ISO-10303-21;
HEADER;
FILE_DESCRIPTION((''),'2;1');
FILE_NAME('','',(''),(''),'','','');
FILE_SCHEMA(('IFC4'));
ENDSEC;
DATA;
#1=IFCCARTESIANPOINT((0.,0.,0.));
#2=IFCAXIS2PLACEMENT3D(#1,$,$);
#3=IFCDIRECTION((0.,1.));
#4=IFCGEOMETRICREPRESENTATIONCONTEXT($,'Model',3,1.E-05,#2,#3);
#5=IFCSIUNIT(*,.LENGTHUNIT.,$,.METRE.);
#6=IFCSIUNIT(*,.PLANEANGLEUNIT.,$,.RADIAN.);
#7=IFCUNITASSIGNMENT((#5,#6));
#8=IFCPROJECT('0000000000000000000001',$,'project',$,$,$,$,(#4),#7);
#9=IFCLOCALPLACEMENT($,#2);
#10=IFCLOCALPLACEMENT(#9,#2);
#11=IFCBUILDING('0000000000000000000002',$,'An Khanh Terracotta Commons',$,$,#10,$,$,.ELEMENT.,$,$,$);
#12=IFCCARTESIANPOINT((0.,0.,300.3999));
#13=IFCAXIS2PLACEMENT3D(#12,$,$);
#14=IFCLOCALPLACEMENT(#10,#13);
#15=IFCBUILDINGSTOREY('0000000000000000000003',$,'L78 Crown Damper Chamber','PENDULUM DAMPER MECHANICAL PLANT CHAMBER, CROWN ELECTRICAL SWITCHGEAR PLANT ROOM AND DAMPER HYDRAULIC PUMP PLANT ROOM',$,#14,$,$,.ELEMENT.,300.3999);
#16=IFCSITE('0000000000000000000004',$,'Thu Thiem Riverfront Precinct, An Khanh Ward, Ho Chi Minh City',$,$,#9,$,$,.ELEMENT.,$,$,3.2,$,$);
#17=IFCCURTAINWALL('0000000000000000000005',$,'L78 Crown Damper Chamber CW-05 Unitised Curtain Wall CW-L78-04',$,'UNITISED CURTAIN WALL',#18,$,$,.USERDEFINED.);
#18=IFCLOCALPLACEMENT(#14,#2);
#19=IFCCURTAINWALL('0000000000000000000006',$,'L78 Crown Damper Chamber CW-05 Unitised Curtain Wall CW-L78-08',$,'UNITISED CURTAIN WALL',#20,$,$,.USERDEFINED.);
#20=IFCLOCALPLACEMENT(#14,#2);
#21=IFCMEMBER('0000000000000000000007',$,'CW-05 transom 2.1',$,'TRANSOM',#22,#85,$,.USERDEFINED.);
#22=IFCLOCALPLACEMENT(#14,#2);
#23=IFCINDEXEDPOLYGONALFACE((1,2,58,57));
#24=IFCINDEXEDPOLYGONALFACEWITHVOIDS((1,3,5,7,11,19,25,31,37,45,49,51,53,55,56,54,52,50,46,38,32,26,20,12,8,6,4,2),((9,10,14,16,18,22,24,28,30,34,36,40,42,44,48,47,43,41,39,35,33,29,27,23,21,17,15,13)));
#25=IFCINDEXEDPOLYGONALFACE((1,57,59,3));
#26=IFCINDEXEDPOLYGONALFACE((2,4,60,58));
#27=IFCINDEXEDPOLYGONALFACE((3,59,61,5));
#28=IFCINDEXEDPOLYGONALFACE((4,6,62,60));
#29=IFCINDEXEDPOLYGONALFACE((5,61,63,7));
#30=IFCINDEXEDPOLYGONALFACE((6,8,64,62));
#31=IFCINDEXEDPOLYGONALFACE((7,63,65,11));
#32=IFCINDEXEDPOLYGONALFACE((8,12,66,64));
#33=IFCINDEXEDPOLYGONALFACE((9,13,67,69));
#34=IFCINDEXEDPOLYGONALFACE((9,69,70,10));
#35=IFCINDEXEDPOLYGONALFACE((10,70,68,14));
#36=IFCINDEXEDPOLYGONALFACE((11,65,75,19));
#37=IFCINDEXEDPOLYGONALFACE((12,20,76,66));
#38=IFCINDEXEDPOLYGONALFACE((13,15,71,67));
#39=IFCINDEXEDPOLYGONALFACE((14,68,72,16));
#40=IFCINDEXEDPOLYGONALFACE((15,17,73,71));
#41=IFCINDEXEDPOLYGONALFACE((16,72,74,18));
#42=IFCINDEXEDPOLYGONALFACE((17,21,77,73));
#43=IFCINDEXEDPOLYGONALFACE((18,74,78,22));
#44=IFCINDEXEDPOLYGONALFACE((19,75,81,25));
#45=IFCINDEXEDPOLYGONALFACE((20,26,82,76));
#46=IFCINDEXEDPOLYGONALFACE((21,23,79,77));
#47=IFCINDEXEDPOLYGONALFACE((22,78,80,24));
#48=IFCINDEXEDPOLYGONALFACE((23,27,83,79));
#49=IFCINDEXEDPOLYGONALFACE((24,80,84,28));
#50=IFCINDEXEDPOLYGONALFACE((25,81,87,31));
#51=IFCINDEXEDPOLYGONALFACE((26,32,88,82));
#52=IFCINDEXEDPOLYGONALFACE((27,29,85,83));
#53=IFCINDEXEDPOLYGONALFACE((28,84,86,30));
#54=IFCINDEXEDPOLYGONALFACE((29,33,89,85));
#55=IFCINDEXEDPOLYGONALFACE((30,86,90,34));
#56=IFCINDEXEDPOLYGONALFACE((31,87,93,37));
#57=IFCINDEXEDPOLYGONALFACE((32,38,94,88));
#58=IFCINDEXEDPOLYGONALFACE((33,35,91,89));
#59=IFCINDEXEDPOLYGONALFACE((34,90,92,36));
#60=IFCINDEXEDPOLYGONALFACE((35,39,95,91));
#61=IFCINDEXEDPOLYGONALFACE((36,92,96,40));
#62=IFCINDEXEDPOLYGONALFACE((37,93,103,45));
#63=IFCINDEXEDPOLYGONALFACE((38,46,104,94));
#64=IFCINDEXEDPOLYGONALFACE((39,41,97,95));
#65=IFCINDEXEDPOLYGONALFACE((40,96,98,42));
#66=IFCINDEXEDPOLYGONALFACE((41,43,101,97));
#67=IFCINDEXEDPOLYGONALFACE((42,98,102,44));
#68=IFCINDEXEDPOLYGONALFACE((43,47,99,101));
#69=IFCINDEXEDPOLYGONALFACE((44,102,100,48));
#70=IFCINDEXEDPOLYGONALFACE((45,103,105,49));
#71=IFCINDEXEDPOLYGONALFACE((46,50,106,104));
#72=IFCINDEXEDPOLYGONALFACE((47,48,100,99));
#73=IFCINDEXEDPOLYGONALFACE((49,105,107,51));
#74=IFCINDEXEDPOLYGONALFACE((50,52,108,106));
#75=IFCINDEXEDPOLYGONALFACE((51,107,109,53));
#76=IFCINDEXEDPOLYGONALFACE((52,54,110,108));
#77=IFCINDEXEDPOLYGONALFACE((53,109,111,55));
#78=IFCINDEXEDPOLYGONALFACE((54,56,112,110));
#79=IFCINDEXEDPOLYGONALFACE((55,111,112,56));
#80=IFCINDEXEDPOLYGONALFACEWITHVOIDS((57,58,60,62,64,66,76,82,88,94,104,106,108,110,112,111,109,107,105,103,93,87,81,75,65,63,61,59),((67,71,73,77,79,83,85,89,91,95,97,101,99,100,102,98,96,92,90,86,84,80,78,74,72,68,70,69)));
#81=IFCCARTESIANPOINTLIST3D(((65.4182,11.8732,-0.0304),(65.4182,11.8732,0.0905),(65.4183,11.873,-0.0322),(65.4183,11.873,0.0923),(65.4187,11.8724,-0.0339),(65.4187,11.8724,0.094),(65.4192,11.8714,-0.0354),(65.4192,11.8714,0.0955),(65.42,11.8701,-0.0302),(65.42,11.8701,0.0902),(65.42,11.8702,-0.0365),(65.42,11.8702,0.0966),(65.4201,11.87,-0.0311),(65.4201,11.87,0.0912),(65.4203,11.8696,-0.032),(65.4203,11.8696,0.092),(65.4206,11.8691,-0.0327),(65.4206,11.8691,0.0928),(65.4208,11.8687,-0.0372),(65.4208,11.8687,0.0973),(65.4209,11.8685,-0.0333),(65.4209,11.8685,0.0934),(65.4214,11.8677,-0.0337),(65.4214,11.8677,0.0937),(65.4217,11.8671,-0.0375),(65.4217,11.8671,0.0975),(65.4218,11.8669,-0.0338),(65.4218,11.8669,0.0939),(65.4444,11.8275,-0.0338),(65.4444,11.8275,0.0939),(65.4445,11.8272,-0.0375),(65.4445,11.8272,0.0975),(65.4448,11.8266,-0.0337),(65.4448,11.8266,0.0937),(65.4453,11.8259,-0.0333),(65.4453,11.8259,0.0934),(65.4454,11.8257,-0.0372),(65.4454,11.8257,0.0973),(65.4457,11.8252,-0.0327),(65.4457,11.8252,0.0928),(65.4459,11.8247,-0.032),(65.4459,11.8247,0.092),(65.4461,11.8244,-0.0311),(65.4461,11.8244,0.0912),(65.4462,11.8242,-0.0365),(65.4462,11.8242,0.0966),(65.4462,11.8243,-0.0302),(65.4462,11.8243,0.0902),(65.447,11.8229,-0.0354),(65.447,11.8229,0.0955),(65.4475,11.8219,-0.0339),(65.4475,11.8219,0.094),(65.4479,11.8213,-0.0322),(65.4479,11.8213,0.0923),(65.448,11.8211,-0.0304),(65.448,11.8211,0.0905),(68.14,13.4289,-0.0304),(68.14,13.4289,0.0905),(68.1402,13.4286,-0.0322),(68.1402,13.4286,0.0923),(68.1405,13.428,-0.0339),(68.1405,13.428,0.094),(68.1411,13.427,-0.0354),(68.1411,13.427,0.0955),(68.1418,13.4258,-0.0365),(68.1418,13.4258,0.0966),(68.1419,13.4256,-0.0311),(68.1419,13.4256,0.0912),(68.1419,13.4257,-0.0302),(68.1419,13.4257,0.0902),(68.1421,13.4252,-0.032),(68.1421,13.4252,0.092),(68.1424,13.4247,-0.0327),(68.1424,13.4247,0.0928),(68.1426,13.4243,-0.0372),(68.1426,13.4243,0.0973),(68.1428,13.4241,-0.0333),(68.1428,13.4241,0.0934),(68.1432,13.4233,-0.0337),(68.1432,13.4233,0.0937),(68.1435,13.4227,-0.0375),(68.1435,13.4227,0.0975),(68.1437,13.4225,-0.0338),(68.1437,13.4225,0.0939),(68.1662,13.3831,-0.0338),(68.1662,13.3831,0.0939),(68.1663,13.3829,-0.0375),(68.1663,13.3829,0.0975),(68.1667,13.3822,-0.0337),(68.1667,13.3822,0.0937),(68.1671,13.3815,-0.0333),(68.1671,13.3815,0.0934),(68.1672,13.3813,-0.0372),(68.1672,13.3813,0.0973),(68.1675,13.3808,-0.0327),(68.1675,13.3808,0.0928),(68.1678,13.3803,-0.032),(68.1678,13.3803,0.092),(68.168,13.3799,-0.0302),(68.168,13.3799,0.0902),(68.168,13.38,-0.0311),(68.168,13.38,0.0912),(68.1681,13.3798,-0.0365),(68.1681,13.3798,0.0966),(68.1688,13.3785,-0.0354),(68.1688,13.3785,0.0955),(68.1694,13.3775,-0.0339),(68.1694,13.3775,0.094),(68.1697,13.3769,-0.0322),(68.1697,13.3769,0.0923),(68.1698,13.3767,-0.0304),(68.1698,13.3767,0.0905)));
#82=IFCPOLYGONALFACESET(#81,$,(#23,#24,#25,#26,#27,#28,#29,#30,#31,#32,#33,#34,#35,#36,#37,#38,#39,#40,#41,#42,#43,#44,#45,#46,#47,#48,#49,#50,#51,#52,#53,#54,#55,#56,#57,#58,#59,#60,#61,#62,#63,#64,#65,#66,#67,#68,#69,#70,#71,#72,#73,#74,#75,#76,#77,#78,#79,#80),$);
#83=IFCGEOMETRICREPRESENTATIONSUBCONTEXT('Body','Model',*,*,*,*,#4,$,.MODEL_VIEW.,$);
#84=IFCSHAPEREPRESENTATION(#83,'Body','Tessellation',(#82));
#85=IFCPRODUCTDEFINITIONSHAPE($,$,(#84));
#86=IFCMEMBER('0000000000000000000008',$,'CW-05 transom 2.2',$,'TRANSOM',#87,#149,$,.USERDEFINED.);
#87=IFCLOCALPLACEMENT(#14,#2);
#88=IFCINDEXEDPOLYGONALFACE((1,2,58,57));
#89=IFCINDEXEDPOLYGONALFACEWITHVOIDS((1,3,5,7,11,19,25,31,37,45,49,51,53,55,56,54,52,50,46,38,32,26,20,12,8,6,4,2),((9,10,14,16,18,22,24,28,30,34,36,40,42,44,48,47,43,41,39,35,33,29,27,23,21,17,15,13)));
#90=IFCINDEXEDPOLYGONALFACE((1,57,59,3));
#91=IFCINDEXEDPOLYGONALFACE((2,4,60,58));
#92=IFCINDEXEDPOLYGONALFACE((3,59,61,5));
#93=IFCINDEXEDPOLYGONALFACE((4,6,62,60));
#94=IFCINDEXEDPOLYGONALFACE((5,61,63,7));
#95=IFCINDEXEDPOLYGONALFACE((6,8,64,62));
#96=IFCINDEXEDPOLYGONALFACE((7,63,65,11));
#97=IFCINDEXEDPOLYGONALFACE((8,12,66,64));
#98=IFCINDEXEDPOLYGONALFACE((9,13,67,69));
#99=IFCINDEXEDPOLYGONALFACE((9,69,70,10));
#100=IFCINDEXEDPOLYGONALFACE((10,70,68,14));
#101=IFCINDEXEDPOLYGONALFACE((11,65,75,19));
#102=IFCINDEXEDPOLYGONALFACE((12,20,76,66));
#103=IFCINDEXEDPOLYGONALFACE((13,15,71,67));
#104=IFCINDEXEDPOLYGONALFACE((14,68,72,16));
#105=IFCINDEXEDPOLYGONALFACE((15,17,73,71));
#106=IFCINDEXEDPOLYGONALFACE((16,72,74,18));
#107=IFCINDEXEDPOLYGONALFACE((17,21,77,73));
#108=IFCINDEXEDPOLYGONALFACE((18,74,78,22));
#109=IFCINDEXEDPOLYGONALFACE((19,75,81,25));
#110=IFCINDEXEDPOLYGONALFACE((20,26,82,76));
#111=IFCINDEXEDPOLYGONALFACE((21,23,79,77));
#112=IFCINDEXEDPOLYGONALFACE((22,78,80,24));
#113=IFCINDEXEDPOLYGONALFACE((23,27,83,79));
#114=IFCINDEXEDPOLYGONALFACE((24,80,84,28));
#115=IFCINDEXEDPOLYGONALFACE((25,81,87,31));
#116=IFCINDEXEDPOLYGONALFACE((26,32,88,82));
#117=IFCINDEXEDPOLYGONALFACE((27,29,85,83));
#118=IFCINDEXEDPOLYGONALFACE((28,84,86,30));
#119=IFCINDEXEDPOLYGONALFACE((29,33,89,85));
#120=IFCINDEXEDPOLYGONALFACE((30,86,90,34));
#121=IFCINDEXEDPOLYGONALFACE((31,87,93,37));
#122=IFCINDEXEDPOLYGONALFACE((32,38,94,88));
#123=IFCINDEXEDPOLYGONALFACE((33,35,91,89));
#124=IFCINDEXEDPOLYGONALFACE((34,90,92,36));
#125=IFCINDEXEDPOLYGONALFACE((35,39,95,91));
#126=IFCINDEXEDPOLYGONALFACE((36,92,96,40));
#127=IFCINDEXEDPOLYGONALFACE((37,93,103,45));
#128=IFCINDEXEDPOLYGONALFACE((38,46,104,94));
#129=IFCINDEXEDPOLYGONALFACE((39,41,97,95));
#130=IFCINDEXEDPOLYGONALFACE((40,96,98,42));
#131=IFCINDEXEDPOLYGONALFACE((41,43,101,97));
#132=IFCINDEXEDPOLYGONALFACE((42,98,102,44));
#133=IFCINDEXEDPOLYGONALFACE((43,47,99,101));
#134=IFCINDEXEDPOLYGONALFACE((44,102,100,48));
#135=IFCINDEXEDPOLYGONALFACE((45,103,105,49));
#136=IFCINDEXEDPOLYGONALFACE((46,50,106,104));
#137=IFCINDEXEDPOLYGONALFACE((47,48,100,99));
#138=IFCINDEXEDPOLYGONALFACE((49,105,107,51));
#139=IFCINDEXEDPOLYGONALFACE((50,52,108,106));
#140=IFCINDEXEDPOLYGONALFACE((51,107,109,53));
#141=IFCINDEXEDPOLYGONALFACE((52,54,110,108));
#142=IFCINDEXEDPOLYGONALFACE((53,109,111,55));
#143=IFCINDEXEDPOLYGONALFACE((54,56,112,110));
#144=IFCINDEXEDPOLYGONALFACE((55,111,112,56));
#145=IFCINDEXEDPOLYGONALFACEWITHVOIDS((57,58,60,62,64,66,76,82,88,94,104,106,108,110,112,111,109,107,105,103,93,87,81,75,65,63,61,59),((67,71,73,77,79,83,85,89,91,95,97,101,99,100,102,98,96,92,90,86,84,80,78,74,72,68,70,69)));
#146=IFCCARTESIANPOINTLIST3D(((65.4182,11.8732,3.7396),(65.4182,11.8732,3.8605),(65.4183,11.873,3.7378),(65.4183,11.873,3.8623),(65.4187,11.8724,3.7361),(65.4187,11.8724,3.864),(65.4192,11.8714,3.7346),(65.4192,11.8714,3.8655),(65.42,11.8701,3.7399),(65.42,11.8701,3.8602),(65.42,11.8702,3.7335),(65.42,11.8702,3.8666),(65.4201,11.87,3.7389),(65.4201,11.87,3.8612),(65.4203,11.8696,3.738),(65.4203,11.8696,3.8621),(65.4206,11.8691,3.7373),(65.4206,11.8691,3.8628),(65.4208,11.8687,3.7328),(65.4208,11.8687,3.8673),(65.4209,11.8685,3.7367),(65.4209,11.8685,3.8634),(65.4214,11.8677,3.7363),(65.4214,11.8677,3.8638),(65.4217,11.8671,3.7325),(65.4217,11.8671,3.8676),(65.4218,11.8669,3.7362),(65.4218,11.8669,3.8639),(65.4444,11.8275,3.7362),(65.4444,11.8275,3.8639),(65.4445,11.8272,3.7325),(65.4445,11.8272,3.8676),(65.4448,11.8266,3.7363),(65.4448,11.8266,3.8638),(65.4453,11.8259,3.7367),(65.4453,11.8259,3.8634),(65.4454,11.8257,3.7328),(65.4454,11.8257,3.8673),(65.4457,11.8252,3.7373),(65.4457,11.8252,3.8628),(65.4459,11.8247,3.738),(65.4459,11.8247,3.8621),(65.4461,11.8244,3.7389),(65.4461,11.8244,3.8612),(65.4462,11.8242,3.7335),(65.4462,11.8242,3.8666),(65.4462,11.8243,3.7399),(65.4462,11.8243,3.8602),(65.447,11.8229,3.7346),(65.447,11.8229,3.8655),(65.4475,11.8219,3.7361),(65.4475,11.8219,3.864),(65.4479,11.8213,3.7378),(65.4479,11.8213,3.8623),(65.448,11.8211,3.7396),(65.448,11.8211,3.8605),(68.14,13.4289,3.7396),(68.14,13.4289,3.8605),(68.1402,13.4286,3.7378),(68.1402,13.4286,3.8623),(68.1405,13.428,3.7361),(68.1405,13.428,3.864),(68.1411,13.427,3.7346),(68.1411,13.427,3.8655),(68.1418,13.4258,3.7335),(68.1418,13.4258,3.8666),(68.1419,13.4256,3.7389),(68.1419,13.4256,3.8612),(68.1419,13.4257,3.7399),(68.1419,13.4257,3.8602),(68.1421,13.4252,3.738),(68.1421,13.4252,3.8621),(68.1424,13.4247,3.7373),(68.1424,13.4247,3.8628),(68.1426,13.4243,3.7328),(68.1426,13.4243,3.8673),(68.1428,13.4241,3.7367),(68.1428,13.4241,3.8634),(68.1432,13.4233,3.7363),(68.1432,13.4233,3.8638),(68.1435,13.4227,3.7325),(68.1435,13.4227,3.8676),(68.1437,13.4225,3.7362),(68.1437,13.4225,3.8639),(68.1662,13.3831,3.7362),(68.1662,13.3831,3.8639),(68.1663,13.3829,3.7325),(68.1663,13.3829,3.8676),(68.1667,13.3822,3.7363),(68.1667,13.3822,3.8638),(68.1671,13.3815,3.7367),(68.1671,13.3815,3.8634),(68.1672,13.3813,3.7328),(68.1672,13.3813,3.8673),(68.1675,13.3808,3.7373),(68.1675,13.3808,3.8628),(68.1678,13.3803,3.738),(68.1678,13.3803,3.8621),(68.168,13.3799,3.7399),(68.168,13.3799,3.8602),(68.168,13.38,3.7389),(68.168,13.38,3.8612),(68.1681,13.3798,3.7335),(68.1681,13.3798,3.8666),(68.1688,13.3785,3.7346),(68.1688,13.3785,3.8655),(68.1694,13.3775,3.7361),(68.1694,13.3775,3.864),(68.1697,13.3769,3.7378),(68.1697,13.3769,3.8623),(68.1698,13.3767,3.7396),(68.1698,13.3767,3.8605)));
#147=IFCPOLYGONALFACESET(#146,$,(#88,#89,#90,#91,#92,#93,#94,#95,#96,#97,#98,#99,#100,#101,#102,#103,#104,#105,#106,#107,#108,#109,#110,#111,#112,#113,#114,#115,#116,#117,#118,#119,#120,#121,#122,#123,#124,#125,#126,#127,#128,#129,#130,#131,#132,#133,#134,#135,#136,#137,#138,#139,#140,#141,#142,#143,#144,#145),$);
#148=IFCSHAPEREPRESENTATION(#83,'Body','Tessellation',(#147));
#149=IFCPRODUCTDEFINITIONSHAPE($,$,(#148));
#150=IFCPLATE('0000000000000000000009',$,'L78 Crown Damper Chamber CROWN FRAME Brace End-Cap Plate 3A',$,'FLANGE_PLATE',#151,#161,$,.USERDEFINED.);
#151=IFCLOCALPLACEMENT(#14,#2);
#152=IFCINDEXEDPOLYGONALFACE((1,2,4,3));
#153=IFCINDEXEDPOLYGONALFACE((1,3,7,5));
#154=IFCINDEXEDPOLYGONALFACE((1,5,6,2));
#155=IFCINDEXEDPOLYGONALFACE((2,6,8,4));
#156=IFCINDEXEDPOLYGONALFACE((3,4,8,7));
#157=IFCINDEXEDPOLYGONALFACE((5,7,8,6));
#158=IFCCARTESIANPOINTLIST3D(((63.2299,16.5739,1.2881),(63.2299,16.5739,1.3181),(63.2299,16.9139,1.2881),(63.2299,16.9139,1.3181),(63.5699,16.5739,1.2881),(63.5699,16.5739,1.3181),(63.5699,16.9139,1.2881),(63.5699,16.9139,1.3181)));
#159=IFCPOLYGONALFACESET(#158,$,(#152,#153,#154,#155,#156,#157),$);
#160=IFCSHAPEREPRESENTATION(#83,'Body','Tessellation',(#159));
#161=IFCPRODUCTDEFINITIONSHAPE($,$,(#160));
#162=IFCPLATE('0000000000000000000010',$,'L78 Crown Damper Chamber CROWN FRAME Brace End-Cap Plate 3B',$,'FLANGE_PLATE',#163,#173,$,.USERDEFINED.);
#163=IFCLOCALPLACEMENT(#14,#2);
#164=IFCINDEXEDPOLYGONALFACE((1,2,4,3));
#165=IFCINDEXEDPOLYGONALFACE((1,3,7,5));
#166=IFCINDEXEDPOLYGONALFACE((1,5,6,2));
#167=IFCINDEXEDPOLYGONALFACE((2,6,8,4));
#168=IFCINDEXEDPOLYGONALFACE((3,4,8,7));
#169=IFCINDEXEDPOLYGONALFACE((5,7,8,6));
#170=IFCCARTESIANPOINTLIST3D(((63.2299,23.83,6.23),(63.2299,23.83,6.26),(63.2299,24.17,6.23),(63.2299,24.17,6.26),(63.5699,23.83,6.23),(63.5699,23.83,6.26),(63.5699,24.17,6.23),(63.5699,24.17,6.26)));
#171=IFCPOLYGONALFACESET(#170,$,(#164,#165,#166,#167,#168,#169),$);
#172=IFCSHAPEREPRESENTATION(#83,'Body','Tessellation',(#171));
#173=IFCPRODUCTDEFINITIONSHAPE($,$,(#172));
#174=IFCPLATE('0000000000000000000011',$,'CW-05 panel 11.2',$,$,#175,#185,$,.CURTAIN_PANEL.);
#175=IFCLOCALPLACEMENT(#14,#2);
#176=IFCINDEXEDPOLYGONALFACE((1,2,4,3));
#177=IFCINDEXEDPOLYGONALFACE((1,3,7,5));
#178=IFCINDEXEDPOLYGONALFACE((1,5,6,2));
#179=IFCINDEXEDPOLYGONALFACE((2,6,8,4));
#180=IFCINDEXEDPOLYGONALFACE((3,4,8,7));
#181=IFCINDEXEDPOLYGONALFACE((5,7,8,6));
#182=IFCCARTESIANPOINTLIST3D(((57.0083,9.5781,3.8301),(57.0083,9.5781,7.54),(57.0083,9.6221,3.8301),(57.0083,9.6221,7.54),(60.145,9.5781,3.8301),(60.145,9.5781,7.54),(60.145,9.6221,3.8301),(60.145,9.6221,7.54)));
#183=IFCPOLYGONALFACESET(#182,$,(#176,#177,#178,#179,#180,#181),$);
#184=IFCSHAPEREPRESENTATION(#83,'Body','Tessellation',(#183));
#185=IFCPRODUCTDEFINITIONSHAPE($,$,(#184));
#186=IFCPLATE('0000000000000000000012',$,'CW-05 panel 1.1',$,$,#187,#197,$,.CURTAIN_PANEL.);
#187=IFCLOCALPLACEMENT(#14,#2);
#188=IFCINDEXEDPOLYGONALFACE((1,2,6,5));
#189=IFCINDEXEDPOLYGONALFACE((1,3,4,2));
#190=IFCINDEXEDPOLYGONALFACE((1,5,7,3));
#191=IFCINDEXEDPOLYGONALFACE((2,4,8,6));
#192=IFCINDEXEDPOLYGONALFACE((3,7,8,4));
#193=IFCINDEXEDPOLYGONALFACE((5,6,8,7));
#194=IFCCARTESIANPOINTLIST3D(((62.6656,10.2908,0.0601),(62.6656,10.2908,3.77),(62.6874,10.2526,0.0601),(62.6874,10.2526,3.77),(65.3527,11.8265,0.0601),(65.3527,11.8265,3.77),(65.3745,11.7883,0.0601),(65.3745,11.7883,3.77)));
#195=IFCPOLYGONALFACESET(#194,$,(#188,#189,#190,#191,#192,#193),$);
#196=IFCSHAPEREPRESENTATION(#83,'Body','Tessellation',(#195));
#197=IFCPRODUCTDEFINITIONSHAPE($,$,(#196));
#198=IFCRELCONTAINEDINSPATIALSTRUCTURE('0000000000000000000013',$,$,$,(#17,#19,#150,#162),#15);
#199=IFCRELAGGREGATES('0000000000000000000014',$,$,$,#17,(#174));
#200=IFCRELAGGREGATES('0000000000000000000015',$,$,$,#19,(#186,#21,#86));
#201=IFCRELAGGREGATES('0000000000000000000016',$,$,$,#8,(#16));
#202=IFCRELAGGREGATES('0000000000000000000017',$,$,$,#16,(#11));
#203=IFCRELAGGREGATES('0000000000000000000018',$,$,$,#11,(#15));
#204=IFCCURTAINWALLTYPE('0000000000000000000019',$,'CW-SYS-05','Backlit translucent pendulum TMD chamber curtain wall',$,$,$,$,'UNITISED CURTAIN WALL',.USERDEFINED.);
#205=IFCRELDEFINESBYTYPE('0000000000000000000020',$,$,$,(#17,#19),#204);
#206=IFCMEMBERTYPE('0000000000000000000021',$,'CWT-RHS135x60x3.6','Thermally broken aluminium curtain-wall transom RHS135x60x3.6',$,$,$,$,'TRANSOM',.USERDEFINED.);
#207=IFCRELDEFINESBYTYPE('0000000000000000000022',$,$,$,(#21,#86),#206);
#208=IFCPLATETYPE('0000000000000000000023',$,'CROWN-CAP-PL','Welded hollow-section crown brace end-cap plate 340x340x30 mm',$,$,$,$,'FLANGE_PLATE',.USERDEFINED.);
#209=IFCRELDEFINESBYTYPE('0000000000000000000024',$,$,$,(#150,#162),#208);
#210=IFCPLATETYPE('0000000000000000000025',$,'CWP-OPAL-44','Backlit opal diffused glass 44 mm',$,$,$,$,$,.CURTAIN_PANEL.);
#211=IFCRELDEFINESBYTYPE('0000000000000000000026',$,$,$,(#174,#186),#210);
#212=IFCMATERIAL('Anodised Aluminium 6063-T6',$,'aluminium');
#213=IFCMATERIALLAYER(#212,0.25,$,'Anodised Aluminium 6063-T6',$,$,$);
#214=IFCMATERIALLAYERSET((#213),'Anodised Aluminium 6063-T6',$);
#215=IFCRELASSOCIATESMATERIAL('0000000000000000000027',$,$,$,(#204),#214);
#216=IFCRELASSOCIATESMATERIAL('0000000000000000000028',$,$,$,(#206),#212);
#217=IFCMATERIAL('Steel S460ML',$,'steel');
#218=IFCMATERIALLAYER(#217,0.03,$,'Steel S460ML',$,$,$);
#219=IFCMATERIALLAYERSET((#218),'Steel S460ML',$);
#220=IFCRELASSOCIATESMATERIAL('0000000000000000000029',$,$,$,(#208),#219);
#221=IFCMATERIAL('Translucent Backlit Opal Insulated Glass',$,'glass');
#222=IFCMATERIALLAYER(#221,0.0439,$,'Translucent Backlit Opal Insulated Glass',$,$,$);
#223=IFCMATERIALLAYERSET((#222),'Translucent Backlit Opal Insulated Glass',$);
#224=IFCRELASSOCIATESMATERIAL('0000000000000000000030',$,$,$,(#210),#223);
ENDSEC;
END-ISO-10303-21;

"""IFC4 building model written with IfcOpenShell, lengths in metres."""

from ifc_helpers import new_model, si_unit, direction, frame, origin, origin_2d, place, context, subcontext, project, spatial, rectangle, hollow_rectangle, extrude, material, layer, layer_set, material_profile, profile_set, type_object, element, aggregate, save


model = new_model("IFC4")

# Units and contexts
model_context = context("Model", 3, precision=1e-05, world=origin(), true_north=direction((0.0, 1.0)))
body_context = subcontext(model_context, "Body", "Model", "MODEL_VIEW")
ifc_project = project(units=[si_unit("LENGTHUNIT", "METRE"), si_unit("PLANEANGLEUNIT", "RADIAN")], contexts=[model_context])

# Site, building, storey
site_placement = place(None, origin())
site = spatial("IfcSite", under=ifc_project, at=site_placement, Name="Thu Thiem Riverfront Precinct, An Khanh Ward, Ho Chi Minh City", CompositionType="ELEMENT", RefElevation=3.2)
building_placement = place(site_placement, origin())
building = spatial("IfcBuilding", under=site, at=building_placement, Name="An Khanh Terracotta Commons", CompositionType="ELEMENT")
storey_placement = place(building_placement, frame((0.0, 0.0, 300.3999)))
storey = spatial("IfcBuildingStorey", under=building, at=storey_placement, Name="L78 Crown Damper Chamber", Description="PENDULUM DAMPER MECHANICAL PLANT CHAMBER, CROWN ELECTRICAL SWITCHGEAR PLANT ROOM AND DAMPER HYDRAULIC PUMP PLANT ROOM", CompositionType="ELEMENT", Elevation=300.3999)

# Shared definitions
ifc_material_1 = material(Name="Steel S460ML", Category="steel")

# Curtain wall
ifc_material_2 = material(Name="Anodised Aluminium 6063-T6", Category="aluminium")
ifc_layer_1 = layer(ifc_material_2, 0.25, Name="Anodised Aluminium 6063-T6")
ifc_layer_set_1 = layer_set([ifc_layer_1], Name="Anodised Aluminium 6063-T6")
curtain_wall_type = type_object("IfcCurtainWallType", Name="CW-SYS-05", Description="Backlit translucent pendulum TMD chamber curtain wall", ElementType="UNITISED CURTAIN WALL", PredefinedType="USERDEFINED", material=ifc_layer_set_1)
curtain_wall_1_placement = place(storey_placement, origin())
curtain_wall_1 = element("IfcCurtainWall", 1, at=curtain_wall_1_placement, inside=storey, type_object=curtain_wall_type, Name="L78 Crown Damper Chamber CW-05 Unitised Curtain Wall CW-L78-04", ObjectType="UNITISED CURTAIN WALL", PredefinedType="USERDEFINED")

# Curtain wall, members
curtain_wall_2_placement = place(storey_placement, origin())
curtain_wall_2 = element("IfcCurtainWall", 2, at=curtain_wall_2_placement, inside=storey, type_object=curtain_wall_type, Name="L78 Crown Damper Chamber CW-05 Unitised Curtain Wall CW-L78-08", ObjectType="UNITISED CURTAIN WALL", PredefinedType="USERDEFINED")
ifc_material_profile_1 = material_profile(ifc_material_2, hollow_rectangle(XDim=0.0601, YDim=0.135, WallThickness=0.0037, InnerFilletRadius=0.0037, OuterFilletRadius=0.0071, at=origin_2d()), Name="RHS135x60x3.6")
ifc_profile_set_1 = profile_set([ifc_material_profile_1], Name="Anodised Aluminium 6063-T6")
member_type_1 = type_object("IfcMemberType", Name="CWT-RHS135x60x3.6", Description="Thermally broken aluminium curtain-wall transom RHS135x60x3.6", ElementType="TRANSOM", PredefinedType="USERDEFINED", material=ifc_profile_set_1)
member_1_placement = place(storey_placement, frame((65.4331, 11.8472, 0.03), z_axis=(0.868205, 0.496206, 0.0), x_axis=(-0.496206, 0.868205, 0.0)))
member_1 = element("IfcMember", 3, at=member_1_placement, type_object=member_type_1, Name="CW-05 transom 2.1", ObjectType="TRANSOM", PredefinedType="USERDEFINED", context=body_context, shape_type="SweptSolid", body=[
    extrude(hollow_rectangle(XDim=0.0601, YDim=0.135, WallThickness=0.0037, InnerFilletRadius=0.0037, OuterFilletRadius=0.0071, at=origin_2d()), origin(), (0.0, 0.0, 1.0), 3.135),
])
member_2_placement = place(storey_placement, frame((65.4331, 11.8472, 3.8), z_axis=(0.868205, 0.496206, 0.0), x_axis=(-0.496206, 0.868205, 0.0)))
member_2 = element("IfcMember", 4, at=member_2_placement, type_object=member_type_1, Name="CW-05 transom 2.2", ObjectType="TRANSOM", PredefinedType="USERDEFINED", context=body_context, shape_type="SweptSolid", body=[
    extrude(hollow_rectangle(XDim=0.0601, YDim=0.135, WallThickness=0.0037, InnerFilletRadius=0.0037, OuterFilletRadius=0.0071, at=origin_2d()), origin(), (0.0, 0.0, 1.0), 3.135),
])

# Plates
ifc_layer_2 = layer(ifc_material_1, 0.03, Name="Steel S460ML")
ifc_layer_set_2 = layer_set([ifc_layer_2], Name="Steel S460ML")
plate_type_1 = type_object("IfcPlateType", Name="CROWN-CAP-PL", Description="Welded hollow-section crown brace end-cap plate 340x340x30 mm", ElementType="FLANGE_PLATE", PredefinedType="USERDEFINED", material=ifc_layer_set_2)
for number, where, z_axis, x_axis, name in (
    (5, (63.3999, 16.7439, 1.2881), (0.0, 0.0, 1.0), (1.0, 0.0, 0.0), "L78 Crown Damper Chamber CROWN FRAME Brace End-Cap Plate 3A"),
    (6, (63.3999, 24.0, 6.23), (0.0, 0.0, 1.0), (1.0, 0.0, 0.0), "L78 Crown Damper Chamber CROWN FRAME Brace End-Cap Plate 3B"),
):
    element("IfcPlate", number, at=place(storey_placement, frame(where, z_axis=z_axis, x_axis=x_axis)), inside=storey, type_object=plate_type_1, Name=name, ObjectType="FLANGE_PLATE", PredefinedType="USERDEFINED", context=body_context, shape_type="SweptSolid", body=[
        extrude(rectangle(XDim=0.3401, YDim=0.3401, at=origin_2d()), origin(), (0.0, 0.0, 1.0), 0.03),
    ])

# Plates
ifc_material_3 = material(Name="Translucent Backlit Opal Insulated Glass", Category="glass")
ifc_layer_3 = layer(ifc_material_3, 0.0439, Name="Translucent Backlit Opal Insulated Glass")
ifc_layer_set_3 = layer_set([ifc_layer_3], Name="Translucent Backlit Opal Insulated Glass")
plate_type_2 = type_object("IfcPlateType", Name="CWP-OPAL-44", Description="Backlit opal diffused glass 44 mm", PredefinedType="CURTAIN_PANEL", material=ifc_layer_set_3)
plate_1_placement = place(storey_placement, frame((58.5767, 9.6001, 3.8301), z_axis=(0.0, 0.0, 1.0), x_axis=(1.0, 0.0, 0.0)))
plate_1 = element("IfcPlate", 7, at=plate_1_placement, type_object=plate_type_2, Name="CW-05 panel 11.2", PredefinedType="CURTAIN_PANEL", context=body_context, shape_type="SweptSolid", body=[
    extrude(rectangle(XDim=3.1367, YDim=0.0439, at=origin_2d()), origin(), (0.0, 0.0, 1.0), 3.71),
])
aggregate(curtain_wall_1, [plate_1])
plate_2_placement = place(storey_placement, frame((64.02, 11.0396, 0.0601), z_axis=(0.0, 0.0, 1.0), x_axis=(0.868205, 0.496206, 0.0)))
plate_2 = element("IfcPlate", 8, at=plate_2_placement, type_object=plate_type_2, Name="CW-05 panel 1.1", PredefinedType="CURTAIN_PANEL", context=body_context, shape_type="SweptSolid", body=[
    extrude(rectangle(XDim=3.095, YDim=0.0439, at=origin_2d()), origin(), (0.0, 0.0, 1.0), 3.71),
])
aggregate(curtain_wall_2, [plate_2, member_1, member_2])

save(model, "model.ifc")
